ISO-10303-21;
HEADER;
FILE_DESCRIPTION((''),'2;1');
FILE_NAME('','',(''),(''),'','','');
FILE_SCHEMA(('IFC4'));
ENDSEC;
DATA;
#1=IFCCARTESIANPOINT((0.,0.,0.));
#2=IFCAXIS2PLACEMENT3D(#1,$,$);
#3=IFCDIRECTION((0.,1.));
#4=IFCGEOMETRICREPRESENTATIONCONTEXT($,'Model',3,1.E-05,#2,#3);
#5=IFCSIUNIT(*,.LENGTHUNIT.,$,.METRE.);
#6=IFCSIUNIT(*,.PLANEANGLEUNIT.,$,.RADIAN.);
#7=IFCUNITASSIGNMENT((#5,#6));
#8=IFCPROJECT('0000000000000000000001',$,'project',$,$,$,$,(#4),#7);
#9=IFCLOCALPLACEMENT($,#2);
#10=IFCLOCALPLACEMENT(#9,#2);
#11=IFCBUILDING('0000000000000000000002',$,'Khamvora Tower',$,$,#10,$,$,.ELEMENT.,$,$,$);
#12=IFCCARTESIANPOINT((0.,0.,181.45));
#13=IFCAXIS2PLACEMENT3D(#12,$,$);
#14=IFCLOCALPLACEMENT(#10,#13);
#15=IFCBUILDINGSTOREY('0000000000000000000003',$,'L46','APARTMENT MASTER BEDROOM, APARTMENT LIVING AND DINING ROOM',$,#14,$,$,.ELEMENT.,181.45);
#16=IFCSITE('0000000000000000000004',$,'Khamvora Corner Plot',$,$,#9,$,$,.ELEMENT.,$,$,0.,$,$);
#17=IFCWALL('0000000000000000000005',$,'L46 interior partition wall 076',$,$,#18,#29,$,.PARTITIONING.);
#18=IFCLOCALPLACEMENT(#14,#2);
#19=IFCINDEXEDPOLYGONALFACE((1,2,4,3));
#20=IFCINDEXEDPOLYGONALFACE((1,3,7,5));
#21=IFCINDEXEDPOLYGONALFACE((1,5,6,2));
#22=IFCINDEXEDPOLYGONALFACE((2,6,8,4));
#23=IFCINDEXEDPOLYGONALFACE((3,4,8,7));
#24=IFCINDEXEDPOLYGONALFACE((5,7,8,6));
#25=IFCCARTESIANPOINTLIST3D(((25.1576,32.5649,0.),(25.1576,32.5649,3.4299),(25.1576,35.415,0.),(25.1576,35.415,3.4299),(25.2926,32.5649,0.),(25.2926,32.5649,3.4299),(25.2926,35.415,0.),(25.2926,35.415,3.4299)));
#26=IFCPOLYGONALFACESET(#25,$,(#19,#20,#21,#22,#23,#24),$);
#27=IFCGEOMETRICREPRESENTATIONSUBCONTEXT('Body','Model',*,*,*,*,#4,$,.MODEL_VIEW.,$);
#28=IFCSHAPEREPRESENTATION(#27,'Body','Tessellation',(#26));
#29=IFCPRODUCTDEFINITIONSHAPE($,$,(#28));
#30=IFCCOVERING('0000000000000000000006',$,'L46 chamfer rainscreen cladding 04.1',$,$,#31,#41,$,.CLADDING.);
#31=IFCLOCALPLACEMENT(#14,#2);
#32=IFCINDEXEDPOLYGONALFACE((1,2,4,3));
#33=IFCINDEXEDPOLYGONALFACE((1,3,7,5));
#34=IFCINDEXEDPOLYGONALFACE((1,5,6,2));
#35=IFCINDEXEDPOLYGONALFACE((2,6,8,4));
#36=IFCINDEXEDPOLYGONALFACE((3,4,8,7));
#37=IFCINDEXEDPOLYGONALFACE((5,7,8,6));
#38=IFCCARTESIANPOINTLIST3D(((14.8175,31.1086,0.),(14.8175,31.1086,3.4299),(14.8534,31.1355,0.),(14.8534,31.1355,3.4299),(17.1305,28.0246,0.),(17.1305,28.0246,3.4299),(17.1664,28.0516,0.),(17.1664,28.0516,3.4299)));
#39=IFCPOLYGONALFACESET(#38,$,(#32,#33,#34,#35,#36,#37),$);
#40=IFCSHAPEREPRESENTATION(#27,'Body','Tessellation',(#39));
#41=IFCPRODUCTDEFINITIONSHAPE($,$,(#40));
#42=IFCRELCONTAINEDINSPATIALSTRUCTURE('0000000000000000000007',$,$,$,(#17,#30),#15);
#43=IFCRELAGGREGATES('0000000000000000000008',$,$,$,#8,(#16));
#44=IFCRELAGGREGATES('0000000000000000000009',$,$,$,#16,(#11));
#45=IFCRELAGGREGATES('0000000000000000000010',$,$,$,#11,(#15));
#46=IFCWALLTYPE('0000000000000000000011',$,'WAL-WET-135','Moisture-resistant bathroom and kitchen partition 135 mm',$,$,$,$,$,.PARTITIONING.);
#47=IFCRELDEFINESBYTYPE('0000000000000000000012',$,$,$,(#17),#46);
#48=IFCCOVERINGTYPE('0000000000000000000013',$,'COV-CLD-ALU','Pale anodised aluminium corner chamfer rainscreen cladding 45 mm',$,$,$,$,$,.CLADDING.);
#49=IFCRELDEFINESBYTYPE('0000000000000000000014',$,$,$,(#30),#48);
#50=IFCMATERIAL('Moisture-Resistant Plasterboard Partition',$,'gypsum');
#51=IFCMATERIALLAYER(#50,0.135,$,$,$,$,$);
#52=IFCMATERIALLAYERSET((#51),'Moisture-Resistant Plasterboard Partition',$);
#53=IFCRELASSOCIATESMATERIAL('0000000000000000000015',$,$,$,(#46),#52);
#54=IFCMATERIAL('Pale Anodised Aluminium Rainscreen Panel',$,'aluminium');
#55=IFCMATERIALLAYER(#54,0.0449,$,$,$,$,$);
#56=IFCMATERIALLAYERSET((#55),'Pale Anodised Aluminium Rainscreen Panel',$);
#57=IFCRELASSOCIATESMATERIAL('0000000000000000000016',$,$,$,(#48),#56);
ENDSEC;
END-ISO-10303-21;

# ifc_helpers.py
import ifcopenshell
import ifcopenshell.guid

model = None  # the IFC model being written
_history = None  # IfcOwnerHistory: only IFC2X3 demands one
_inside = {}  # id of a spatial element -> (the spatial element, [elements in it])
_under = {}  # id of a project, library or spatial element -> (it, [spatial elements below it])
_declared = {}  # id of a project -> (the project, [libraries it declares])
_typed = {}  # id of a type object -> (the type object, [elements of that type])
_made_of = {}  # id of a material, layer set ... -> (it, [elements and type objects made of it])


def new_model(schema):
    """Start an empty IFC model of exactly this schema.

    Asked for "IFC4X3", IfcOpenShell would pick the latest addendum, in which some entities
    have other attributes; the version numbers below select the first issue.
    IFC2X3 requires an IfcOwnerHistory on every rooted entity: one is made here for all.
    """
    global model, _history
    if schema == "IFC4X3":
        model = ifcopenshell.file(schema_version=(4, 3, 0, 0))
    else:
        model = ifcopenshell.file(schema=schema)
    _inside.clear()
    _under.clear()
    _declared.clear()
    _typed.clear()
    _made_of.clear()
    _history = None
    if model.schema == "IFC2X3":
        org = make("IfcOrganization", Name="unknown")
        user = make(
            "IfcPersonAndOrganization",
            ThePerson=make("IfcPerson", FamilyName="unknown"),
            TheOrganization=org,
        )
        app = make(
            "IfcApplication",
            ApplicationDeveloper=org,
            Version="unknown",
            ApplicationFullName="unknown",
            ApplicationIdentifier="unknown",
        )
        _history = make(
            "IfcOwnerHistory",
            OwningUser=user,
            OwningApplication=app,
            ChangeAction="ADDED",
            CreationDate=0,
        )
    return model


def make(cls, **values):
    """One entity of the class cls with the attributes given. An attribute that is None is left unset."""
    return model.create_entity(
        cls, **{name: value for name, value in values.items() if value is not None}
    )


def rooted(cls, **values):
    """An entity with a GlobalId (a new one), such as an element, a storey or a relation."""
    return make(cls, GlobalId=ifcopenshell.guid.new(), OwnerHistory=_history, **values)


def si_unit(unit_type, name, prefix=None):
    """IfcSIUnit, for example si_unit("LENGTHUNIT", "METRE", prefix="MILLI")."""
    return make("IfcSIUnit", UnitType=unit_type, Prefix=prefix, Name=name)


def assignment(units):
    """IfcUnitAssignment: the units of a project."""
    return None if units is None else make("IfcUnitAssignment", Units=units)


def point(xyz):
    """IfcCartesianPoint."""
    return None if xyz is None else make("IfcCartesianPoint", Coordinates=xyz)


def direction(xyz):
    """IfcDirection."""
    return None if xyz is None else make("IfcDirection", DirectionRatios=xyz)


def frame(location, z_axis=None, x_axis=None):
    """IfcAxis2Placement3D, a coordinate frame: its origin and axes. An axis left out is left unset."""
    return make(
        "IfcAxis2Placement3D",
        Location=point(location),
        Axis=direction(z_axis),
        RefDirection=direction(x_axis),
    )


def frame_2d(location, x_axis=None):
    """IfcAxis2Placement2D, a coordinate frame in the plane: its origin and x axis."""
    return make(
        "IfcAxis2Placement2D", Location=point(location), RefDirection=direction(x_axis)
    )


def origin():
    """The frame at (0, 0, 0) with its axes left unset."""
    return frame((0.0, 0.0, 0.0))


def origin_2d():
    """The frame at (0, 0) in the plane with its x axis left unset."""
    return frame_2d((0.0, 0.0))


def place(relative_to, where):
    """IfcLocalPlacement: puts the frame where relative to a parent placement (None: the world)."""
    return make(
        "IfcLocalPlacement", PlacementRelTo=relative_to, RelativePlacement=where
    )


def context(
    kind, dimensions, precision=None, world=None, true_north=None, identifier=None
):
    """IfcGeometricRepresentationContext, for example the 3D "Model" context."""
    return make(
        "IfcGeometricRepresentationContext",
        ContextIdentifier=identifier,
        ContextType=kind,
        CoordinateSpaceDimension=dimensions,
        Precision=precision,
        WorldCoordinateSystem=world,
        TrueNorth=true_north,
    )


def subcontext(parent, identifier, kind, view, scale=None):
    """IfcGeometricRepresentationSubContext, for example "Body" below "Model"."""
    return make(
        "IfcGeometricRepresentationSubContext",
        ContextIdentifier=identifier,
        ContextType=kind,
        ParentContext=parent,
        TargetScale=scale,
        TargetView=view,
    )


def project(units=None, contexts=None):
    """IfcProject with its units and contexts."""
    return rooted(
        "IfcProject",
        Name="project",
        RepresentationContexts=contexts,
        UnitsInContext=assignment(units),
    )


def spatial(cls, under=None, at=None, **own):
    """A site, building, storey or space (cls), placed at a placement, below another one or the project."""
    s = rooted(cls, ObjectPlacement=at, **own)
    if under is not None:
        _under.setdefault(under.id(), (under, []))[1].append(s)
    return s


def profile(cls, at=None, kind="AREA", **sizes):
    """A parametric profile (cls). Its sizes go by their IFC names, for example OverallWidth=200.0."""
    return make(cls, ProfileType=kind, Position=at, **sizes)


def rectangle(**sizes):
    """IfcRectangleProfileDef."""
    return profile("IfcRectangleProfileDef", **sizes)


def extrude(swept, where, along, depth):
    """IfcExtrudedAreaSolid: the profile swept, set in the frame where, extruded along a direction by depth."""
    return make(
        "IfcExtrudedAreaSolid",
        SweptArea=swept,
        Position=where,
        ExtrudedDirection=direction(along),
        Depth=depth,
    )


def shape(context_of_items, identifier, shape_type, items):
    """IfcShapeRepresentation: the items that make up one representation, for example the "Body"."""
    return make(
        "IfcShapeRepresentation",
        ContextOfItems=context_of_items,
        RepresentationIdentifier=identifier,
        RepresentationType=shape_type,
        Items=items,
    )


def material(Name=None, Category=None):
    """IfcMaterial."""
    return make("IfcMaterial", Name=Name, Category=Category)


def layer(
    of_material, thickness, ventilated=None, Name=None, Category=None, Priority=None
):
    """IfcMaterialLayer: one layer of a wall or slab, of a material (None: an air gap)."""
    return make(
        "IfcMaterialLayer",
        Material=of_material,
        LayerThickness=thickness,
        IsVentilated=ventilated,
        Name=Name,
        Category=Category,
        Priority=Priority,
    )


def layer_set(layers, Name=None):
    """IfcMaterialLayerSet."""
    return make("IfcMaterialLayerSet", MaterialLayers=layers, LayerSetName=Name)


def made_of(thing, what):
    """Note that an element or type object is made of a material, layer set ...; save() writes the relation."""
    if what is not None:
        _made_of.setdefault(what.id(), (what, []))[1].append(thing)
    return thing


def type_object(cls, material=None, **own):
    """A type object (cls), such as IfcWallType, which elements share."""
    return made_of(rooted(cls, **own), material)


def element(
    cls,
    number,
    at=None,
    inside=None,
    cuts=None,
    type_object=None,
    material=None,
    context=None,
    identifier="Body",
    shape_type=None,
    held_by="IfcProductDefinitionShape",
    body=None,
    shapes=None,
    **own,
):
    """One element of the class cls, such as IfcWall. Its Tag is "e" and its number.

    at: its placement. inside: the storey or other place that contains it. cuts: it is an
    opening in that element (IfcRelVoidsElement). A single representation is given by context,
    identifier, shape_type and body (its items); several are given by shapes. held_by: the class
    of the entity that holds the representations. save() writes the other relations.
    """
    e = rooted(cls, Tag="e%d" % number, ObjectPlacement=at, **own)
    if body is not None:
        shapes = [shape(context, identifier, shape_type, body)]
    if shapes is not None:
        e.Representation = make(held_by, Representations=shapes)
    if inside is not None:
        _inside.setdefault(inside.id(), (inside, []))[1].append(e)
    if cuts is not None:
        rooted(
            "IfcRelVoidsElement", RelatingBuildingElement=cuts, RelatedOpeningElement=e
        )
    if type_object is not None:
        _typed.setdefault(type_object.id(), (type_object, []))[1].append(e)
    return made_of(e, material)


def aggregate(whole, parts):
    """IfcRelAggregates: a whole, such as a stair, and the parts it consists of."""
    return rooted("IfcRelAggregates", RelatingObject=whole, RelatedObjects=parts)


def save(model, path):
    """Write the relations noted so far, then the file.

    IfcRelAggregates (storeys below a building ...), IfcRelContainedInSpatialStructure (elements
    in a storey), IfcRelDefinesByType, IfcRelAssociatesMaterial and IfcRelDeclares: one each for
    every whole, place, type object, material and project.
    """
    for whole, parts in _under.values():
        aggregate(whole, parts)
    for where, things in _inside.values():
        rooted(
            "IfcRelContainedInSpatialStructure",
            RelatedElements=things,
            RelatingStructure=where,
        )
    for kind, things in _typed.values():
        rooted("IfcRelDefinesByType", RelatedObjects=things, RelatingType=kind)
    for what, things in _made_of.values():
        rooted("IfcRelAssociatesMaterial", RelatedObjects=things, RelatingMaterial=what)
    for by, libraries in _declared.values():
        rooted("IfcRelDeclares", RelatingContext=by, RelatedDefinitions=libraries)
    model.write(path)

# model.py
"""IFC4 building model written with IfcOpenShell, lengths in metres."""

from ifc_helpers import new_model, si_unit, direction, frame, frame_2d, origin, origin_2d, place, context, subcontext, project, spatial, rectangle, extrude, material, layer, layer_set, type_object, element, save


model = new_model("IFC4")

# Units and contexts
model_context = context("Model", 3, precision=1e-05, world=origin(), true_north=direction((0.0, 1.0)))
body_context = subcontext(model_context, "Body", "Model", "MODEL_VIEW")
ifc_project = project(units=[si_unit("LENGTHUNIT", "METRE"), si_unit("PLANEANGLEUNIT", "RADIAN")], contexts=[model_context])

# Site, building, storey
site_placement = place(None, origin())
site = spatial("IfcSite", under=ifc_project, at=site_placement, Name="Khamvora Corner Plot", CompositionType="ELEMENT", RefElevation=0.0)
building_placement = place(site_placement, origin())
building = spatial("IfcBuilding", under=site, at=building_placement, Name="Khamvora Tower", CompositionType="ELEMENT")
storey_placement = place(building_placement, frame((0.0, 0.0, 181.45)))
storey = spatial("IfcBuildingStorey", under=building, at=storey_placement, Name="L46", Description="APARTMENT MASTER BEDROOM, APARTMENT LIVING AND DINING ROOM", CompositionType="ELEMENT", Elevation=181.45)

# Shared definitions
ifc_material_1 = material(Name="Moisture-Resistant Plasterboard Partition", Category="gypsum")
ifc_layer_1 = layer(ifc_material_1, 0.135)
ifc_layer_set_1 = layer_set([ifc_layer_1], Name="Moisture-Resistant Plasterboard Partition")
wall_type_1 = type_object("IfcWallType", Name="WAL-WET-135", Description="Moisture-resistant bathroom and kitchen partition 135 mm", PredefinedType="PARTITIONING", material=ifc_layer_set_1)

# Wall
wall_1_placement = place(storey_placement, frame((25.2251, 32.5649, 0.0), z_axis=(0.0, 0.0, 1.0), x_axis=(0.0, 1.0, 0.0)))
element("IfcWall", 1, at=wall_1_placement, inside=storey, type_object=wall_type_1, Name="L46 interior partition wall 076", PredefinedType="PARTITIONING", context=body_context, shape_type="SweptSolid", body=[
    extrude(rectangle(XDim=2.8501, YDim=0.135, at=frame_2d((1.425, 0.0))), origin(), (0.0, 0.0, 1.0), 3.4299),
])

# Covering
ifc_material_2 = material(Name="Pale Anodised Aluminium Rainscreen Panel", Category="aluminium")
ifc_layer_2 = layer(ifc_material_2, 0.0449)
ifc_layer_set_2 = layer_set([ifc_layer_2], Name="Pale Anodised Aluminium Rainscreen Panel")
covering_type = type_object("IfcCoveringType", Name="COV-CLD-ALU", Description="Pale anodised aluminium corner chamfer rainscreen cladding 45 mm", PredefinedType="CLADDING", material=ifc_layer_set_2)
covering_placement = place(storey_placement, frame((15.9919, 29.5801, 0.0), z_axis=(0.0, 0.0, 1.0), x_axis=(-0.6, 0.8, 0.0)))
element("IfcCovering", 2, at=covering_placement, inside=storey, type_object=covering_type, Name="L46 chamfer rainscreen cladding 04.1", PredefinedType="CLADDING", context=body_context, shape_type="SweptSolid", body=[
    extrude(rectangle(XDim=3.855, YDim=0.0449, at=origin_2d()), origin(), (0.0, 0.0, 1.0), 3.4299),
])

save(model, "model.ifc")
